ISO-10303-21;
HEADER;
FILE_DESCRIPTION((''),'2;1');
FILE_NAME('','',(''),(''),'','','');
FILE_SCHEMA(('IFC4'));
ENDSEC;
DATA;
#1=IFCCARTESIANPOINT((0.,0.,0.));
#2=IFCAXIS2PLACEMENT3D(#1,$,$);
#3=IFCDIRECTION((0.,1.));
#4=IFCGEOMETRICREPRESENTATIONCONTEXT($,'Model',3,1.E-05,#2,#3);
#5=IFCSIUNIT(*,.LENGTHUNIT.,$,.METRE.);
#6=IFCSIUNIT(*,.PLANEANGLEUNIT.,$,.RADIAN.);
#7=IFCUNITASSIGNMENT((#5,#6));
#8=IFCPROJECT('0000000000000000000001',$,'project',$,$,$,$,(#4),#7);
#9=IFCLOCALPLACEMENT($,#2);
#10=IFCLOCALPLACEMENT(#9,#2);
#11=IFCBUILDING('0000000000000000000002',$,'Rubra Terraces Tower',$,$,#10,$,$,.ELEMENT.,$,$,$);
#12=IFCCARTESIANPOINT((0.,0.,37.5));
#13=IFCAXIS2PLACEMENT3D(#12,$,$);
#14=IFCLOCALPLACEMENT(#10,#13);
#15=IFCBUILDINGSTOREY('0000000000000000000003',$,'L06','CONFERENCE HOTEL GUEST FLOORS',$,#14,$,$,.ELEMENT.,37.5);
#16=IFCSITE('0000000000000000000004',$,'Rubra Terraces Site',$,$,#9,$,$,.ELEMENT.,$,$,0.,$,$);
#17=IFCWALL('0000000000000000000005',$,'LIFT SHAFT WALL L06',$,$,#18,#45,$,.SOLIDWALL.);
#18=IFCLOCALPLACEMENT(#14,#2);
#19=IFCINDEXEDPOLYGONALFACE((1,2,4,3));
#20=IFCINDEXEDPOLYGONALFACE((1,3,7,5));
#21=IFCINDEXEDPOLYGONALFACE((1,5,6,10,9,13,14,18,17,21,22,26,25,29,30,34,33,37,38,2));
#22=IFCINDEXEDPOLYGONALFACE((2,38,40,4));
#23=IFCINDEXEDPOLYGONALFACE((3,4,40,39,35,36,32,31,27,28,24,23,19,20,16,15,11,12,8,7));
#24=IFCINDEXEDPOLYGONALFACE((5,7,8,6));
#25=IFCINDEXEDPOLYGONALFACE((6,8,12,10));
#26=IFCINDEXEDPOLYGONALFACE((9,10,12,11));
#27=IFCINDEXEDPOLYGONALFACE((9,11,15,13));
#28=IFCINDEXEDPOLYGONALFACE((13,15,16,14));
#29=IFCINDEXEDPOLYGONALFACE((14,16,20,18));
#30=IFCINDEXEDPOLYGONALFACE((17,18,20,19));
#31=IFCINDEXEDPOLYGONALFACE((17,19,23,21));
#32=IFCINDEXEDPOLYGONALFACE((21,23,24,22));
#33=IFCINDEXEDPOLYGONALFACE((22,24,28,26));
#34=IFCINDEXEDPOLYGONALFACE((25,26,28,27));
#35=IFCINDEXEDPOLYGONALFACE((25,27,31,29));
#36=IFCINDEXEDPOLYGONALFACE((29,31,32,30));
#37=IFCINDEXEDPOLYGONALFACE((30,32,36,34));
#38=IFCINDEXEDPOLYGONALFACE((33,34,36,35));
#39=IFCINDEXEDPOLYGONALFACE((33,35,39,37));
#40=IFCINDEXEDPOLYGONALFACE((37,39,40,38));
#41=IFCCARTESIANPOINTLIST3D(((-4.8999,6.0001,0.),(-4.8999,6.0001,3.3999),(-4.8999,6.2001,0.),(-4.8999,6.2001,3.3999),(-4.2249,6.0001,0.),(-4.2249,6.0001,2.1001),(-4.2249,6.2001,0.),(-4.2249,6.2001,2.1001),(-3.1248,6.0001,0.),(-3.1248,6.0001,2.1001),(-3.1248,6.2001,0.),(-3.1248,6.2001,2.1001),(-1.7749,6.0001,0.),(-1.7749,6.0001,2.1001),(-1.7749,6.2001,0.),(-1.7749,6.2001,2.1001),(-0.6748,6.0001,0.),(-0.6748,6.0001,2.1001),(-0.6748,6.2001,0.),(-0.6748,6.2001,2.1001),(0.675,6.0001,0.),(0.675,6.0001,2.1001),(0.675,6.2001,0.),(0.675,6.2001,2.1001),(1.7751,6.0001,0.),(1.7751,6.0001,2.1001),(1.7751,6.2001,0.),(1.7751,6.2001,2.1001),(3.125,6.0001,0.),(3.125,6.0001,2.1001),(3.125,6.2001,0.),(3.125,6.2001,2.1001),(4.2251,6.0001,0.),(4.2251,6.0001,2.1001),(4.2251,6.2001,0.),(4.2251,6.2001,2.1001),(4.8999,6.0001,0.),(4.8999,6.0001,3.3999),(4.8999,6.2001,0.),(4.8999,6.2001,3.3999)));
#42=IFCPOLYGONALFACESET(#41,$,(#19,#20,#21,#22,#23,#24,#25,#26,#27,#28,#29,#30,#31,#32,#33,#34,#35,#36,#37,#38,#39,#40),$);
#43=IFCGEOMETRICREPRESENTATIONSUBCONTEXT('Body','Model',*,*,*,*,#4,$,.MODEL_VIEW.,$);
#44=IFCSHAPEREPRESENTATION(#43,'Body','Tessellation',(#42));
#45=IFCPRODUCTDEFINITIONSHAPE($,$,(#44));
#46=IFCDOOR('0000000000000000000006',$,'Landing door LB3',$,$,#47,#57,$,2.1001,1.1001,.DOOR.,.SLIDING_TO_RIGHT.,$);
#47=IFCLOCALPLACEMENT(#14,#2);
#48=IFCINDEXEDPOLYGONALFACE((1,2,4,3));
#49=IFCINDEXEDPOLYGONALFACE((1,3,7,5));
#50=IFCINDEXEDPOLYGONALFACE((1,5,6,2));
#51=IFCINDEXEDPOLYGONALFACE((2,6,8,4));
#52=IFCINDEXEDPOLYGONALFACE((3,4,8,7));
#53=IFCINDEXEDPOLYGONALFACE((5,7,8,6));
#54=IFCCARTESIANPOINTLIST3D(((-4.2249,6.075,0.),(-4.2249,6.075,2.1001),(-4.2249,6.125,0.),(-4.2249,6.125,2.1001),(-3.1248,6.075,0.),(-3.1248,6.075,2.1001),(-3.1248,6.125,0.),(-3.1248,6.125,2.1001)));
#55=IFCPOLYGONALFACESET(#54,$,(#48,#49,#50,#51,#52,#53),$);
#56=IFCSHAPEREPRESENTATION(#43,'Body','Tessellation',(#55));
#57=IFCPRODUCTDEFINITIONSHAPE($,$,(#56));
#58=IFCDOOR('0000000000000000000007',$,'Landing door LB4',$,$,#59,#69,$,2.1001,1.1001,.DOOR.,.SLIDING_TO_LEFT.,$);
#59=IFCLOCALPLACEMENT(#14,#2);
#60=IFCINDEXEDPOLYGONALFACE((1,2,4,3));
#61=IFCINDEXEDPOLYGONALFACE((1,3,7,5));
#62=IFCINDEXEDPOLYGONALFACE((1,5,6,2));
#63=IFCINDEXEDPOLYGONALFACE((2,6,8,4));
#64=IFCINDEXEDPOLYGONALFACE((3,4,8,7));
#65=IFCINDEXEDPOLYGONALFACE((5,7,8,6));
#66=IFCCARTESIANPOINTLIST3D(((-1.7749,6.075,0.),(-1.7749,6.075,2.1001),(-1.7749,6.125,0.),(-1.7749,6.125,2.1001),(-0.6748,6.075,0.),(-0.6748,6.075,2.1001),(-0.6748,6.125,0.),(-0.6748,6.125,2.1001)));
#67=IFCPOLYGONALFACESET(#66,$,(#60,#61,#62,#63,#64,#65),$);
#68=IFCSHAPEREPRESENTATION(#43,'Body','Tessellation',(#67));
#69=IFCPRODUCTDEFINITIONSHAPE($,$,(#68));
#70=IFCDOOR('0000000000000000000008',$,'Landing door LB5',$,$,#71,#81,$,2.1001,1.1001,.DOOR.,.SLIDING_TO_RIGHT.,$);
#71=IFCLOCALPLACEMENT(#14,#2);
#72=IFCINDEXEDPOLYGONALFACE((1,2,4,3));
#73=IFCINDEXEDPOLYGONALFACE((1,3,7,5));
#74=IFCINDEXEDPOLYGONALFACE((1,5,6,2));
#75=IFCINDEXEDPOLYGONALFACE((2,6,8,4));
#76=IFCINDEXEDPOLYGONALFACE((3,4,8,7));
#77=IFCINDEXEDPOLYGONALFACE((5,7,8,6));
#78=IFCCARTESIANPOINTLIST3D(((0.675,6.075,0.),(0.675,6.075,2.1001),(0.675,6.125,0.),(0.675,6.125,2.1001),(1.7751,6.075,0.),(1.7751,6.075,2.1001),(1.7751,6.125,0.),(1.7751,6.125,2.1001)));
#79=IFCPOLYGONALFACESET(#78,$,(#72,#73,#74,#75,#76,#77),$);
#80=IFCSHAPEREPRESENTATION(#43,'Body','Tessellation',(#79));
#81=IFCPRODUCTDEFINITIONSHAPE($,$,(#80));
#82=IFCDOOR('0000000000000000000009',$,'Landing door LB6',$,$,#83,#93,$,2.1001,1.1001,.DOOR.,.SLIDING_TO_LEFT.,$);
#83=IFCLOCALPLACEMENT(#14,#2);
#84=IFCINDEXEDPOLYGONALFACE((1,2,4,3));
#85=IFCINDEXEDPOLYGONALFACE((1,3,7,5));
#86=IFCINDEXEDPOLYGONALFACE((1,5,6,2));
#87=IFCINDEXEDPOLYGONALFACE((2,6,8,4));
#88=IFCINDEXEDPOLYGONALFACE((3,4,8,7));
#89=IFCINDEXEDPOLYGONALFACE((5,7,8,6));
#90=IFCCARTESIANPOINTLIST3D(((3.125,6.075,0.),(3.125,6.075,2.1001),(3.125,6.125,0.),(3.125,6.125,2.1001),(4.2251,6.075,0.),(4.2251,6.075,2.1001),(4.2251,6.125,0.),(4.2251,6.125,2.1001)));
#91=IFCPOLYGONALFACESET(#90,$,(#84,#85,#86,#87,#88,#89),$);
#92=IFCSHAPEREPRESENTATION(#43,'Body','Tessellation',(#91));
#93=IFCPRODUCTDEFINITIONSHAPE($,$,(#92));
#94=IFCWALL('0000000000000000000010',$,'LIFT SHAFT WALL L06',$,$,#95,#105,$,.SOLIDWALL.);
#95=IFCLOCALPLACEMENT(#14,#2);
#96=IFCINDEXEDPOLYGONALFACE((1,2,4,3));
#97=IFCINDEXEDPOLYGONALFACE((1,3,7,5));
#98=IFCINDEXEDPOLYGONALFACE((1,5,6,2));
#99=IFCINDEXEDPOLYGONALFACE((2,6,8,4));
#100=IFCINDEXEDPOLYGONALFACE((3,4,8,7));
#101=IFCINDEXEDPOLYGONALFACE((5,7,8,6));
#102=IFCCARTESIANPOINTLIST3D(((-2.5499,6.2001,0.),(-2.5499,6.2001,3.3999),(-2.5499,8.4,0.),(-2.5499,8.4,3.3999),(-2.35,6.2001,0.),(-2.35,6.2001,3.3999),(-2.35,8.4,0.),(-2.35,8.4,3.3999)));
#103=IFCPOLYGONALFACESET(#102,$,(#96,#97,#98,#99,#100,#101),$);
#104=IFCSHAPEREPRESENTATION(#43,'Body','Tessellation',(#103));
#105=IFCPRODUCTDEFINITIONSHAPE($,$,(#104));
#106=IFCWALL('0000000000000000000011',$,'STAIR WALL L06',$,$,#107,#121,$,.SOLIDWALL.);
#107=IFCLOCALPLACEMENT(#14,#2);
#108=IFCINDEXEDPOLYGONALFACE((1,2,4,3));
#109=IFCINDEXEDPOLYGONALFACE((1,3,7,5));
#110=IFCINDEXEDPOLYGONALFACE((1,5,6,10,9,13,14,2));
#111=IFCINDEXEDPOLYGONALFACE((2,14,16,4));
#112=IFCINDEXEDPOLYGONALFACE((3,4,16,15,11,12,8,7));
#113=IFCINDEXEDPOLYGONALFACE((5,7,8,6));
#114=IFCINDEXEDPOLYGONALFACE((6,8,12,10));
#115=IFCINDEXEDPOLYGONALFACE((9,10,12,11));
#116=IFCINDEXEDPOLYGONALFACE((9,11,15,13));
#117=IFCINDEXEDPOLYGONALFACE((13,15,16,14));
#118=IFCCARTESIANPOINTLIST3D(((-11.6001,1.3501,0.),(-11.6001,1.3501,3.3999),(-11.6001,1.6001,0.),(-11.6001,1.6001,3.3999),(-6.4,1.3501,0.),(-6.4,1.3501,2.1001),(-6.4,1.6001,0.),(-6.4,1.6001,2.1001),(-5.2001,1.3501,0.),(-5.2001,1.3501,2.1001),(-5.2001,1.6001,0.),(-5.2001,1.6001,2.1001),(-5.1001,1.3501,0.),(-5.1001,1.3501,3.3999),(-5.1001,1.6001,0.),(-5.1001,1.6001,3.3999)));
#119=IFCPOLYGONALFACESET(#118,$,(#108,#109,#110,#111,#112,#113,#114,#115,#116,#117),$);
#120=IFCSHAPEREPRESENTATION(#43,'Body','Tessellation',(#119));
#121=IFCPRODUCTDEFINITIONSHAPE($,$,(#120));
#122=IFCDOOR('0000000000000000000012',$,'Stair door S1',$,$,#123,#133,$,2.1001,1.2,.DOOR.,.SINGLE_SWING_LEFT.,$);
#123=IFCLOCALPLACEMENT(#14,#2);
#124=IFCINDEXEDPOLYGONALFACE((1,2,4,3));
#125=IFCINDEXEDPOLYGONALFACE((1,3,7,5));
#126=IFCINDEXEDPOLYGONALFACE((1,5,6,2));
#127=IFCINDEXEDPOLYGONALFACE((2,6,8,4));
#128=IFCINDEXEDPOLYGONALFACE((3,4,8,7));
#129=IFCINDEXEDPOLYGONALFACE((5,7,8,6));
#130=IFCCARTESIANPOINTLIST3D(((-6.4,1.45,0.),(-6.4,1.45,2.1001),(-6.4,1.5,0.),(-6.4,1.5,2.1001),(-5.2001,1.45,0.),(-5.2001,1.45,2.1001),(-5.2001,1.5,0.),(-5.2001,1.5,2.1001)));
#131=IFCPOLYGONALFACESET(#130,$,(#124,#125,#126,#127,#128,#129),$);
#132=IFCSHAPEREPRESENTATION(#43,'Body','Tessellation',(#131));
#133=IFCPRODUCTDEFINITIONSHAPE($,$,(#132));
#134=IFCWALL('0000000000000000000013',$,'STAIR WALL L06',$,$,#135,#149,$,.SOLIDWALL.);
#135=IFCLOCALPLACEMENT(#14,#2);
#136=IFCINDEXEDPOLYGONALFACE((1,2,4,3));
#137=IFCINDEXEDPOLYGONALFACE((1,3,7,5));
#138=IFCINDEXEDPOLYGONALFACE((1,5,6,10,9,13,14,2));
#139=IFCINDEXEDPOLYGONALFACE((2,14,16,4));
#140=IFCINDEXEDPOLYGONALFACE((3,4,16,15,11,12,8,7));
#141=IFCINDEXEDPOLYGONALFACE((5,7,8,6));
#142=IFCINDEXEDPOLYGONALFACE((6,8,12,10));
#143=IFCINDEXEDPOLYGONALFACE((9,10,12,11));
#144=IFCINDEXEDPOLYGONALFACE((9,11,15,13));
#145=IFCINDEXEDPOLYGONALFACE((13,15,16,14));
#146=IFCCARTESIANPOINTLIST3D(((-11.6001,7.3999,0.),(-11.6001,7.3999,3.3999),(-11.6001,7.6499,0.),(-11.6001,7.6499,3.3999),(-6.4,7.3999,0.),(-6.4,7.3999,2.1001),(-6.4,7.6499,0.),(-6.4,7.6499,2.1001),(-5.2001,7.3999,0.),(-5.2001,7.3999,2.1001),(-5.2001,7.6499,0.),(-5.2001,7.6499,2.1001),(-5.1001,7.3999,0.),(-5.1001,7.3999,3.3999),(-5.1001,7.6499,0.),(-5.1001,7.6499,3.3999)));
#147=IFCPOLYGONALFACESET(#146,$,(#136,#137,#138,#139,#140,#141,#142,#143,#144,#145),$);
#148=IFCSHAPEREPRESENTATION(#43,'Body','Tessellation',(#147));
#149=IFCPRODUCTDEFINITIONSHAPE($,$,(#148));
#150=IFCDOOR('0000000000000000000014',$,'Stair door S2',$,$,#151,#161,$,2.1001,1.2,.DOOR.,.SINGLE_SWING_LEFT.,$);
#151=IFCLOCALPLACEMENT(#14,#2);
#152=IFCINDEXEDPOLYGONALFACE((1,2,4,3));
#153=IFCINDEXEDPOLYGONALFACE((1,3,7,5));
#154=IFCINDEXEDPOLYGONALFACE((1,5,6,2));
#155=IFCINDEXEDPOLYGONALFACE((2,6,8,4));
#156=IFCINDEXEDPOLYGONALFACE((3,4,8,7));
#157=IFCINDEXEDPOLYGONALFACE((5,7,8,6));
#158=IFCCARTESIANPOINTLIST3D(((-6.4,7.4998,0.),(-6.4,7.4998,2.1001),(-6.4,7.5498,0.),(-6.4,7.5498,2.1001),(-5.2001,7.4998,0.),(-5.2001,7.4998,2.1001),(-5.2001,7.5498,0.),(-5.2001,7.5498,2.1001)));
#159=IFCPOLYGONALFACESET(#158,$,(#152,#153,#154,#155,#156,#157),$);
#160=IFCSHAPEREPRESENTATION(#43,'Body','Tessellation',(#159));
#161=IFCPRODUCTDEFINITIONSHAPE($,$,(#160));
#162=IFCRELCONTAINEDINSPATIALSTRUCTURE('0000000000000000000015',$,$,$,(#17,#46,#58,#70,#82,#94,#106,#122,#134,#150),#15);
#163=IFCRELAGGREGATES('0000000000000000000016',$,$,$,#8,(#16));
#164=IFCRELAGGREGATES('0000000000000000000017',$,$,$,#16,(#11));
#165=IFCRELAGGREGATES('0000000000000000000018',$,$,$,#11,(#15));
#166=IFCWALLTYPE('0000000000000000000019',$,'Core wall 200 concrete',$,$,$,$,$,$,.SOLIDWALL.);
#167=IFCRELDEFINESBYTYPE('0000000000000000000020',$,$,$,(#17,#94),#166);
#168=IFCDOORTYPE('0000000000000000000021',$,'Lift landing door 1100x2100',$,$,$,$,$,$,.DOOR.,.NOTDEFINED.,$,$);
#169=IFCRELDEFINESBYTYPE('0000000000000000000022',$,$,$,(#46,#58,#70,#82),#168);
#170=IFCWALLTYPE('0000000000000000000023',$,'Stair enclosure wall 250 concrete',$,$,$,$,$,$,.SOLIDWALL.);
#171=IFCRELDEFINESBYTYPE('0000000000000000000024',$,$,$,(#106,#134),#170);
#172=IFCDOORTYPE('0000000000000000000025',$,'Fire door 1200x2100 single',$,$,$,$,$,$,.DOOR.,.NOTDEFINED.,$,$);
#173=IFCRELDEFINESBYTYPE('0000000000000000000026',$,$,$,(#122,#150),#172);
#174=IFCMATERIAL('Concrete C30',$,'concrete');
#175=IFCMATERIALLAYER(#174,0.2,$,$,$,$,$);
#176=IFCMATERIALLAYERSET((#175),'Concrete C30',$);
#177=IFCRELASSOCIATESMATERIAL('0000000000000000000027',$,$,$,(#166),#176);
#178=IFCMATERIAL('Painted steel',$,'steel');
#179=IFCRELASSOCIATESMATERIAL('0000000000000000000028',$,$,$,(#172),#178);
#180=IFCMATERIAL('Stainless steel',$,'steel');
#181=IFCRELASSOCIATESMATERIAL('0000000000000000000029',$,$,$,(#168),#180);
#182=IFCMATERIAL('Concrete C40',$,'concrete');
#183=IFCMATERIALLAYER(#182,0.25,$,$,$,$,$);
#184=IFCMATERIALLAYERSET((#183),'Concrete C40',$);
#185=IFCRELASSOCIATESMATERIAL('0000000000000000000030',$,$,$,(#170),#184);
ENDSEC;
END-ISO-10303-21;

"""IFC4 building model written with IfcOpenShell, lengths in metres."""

from ifc_helpers import new_model, si_unit, direction, frame, frame_2d, origin, place, context, subcontext, project, spatial, rectangle, extrude, material, layer, layer_set, type_object, element, fill, save


model = new_model("IFC4")

# Units and contexts
model_context = context("Model", 3, precision=1e-05, world=origin(), true_north=direction((0.0, 1.0)))
body_context = subcontext(model_context, "Body", "Model", "MODEL_VIEW")
ifc_project = project(units=[si_unit("LENGTHUNIT", "METRE"), si_unit("PLANEANGLEUNIT", "RADIAN")], contexts=[model_context])

# Site, building, storey
site_placement = place(None, origin())
site = spatial("IfcSite", under=ifc_project, at=site_placement, Name="Rubra Terraces Site", CompositionType="ELEMENT", RefElevation=0.0)
building_placement = place(site_placement, origin())
building = spatial("IfcBuilding", under=site, at=building_placement, Name="Rubra Terraces Tower", CompositionType="ELEMENT")
storey_placement = place(building_placement, frame((0.0, 0.0, 37.5)))
storey = spatial("IfcBuildingStorey", under=building, at=storey_placement, Name="L06", Description="CONFERENCE HOTEL GUEST FLOORS", CompositionType="ELEMENT", Elevation=37.5)

# Shared definitions
ifc_material_1 = material(Name="Concrete C30", Category="concrete")
ifc_layer_1 = layer(ifc_material_1, 0.2)
ifc_layer_set_1 = layer_set([ifc_layer_1], Name="Concrete C30")
wall_type_1 = type_object("IfcWallType", Name="Core wall 200 concrete", PredefinedType="SOLIDWALL", material=ifc_layer_set_1)
ifc_material_2 = material(Name="Painted steel", Category="steel")
door_type_1 = type_object("IfcDoorType", Name="Fire door 1200x2100 single", OperationType="NOTDEFINED", PredefinedType="DOOR", material=ifc_material_2)
ifc_material_3 = material(Name="Stainless steel", Category="steel")

# Wall, openings, doors
door_type_2 = type_object("IfcDoorType", Name="Lift landing door 1100x2100", OperationType="NOTDEFINED", PredefinedType="DOOR", material=ifc_material_3)
wall_1_placement = place(storey_placement, frame((-4.8999, 6.1001, 0.0), z_axis=(0.0, 0.0, 1.0), x_axis=(1.0, 0.0, 0.0)))
wall_1 = element("IfcWall", 1, at=wall_1_placement, inside=storey, type_object=wall_type_1, Name="LIFT SHAFT WALL L06", PredefinedType="SOLIDWALL", context=body_context, shape_type="SweptSolid", body=[
    extrude(rectangle(XDim=9.7998, YDim=0.2, at=frame_2d((4.8999, 0.0))), origin(), (0.0, 0.0, 1.0), 3.3999),
])
opening_1_placement = place(wall_1_placement, frame((0.675, 0.0, 0.0)))
opening_1 = element("IfcOpeningElement", 2, at=opening_1_placement, cuts=wall_1, PredefinedType="OPENING", context=body_context, shape_type="SweptSolid", body=[
    extrude(rectangle(XDim=1.1001, YDim=2.1001, at=frame_2d((0.55, 1.05))), frame((0.0, 0.1099, 0.0), z_axis=(0.0, -1.0, 0.0), x_axis=(1.0, 0.0, 0.0)), (0.0, 0.0, 1.0), 0.22),
])
opening_2_placement = place(wall_1_placement, frame((3.125, 0.0, 0.0)))
opening_2 = element("IfcOpeningElement", 3, at=opening_2_placement, cuts=wall_1, PredefinedType="OPENING", context=body_context, shape_type="SweptSolid", body=[
    extrude(rectangle(XDim=1.1001, YDim=2.1001, at=frame_2d((0.55, 1.05))), frame((0.0, 0.1099, 0.0), z_axis=(0.0, -1.0, 0.0), x_axis=(1.0, 0.0, 0.0)), (0.0, 0.0, 1.0), 0.22),
])
opening_3_placement = place(wall_1_placement, frame((5.575, 0.0, 0.0)))
opening_3 = element("IfcOpeningElement", 4, at=opening_3_placement, cuts=wall_1, PredefinedType="OPENING", context=body_context, shape_type="SweptSolid", body=[
    extrude(rectangle(XDim=1.1001, YDim=2.1001, at=frame_2d((0.55, 1.05))), frame((0.0, 0.1099, 0.0), z_axis=(0.0, -1.0, 0.0), x_axis=(1.0, 0.0, 0.0)), (0.0, 0.0, 1.0), 0.22),
])
opening_4_placement = place(wall_1_placement, frame((8.0249, 0.0, 0.0)))
opening_4 = element("IfcOpeningElement", 5, at=opening_4_placement, cuts=wall_1, PredefinedType="OPENING", context=body_context, shape_type="SweptSolid", body=[
    extrude(rectangle(XDim=1.1001, YDim=2.1001, at=frame_2d((0.55, 1.05))), frame((0.0, 0.1099, 0.0), z_axis=(0.0, -1.0, 0.0), x_axis=(1.0, 0.0, 0.0)), (0.0, 0.0, 1.0), 0.22),
])
door_1_placement = place(opening_1_placement, origin())
door_1 = element("IfcDoor", 6, at=door_1_placement, inside=storey, type_object=door_type_2, Name="Landing door LB3", OperationType="SLIDING_TO_RIGHT", OverallHeight=2.1001, OverallWidth=1.1001, PredefinedType="DOOR", context=body_context, shape_type="SweptSolid", body=[
    extrude(rectangle(XDim=1.1001, YDim=2.1001, at=frame_2d((0.55, 1.05))), frame((0.0, 0.0249, 0.0), z_axis=(0.0, -1.0, 0.0), x_axis=(1.0, 0.0, 0.0)), (0.0, 0.0, 1.0), 0.05),
])
fill(opening_1, door_1)
door_2_placement = place(opening_2_placement, origin())
door_2 = element("IfcDoor", 7, at=door_2_placement, inside=storey, type_object=door_type_2, Name="Landing door LB4", OperationType="SLIDING_TO_LEFT", OverallHeight=2.1001, OverallWidth=1.1001, PredefinedType="DOOR", context=body_context, shape_type="SweptSolid", body=[
    extrude(rectangle(XDim=1.1001, YDim=2.1001, at=frame_2d((0.55, 1.05))), frame((0.0, 0.0249, 0.0), z_axis=(0.0, -1.0, 0.0), x_axis=(1.0, 0.0, 0.0)), (0.0, 0.0, 1.0), 0.05),
])
fill(opening_2, door_2)
door_3_placement = place(opening_3_placement, origin())
door_3 = element("IfcDoor", 8, at=door_3_placement, inside=storey, type_object=door_type_2, Name="Landing door LB5", OperationType="SLIDING_TO_RIGHT", OverallHeight=2.1001, OverallWidth=1.1001, PredefinedType="DOOR", context=body_context, shape_type="SweptSolid", body=[
    extrude(rectangle(XDim=1.1001, YDim=2.1001, at=frame_2d((0.55, 1.05))), frame((0.0, 0.0249, 0.0), z_axis=(0.0, -1.0, 0.0), x_axis=(1.0, 0.0, 0.0)), (0.0, 0.0, 1.0), 0.05),
])
fill(opening_3, door_3)
door_4_placement = place(opening_4_placement, origin())
door_4 = element("IfcDoor", 9, at=door_4_placement, inside=storey, type_object=door_type_2, Name="Landing door LB6", OperationType="SLIDING_TO_LEFT", OverallHeight=2.1001, OverallWidth=1.1001, PredefinedType="DOOR", context=body_context, shape_type="SweptSolid", body=[
    extrude(rectangle(XDim=1.1001, YDim=2.1001, at=frame_2d((0.55, 1.05))), frame((0.0, 0.0249, 0.0), z_axis=(0.0, -1.0, 0.0), x_axis=(1.0, 0.0, 0.0)), (0.0, 0.0, 1.0), 0.05),
])
fill(opening_4, door_4)

# Wall
wall_2_placement = place(storey_placement, frame((-2.45, 6.2, 0.0), z_axis=(0.0, 0.0, 1.0), x_axis=(0.0, 1.0, 0.0)))
element("IfcWall", 10, at=wall_2_placement, inside=storey, type_object=wall_type_1, Name="LIFT SHAFT WALL L06", PredefinedType="SOLIDWALL", context=body_context, shape_type="SweptSolid", body=[
    extrude(rectangle(XDim=2.2, YDim=0.2, at=frame_2d((1.1001, 0.0))), origin(), (0.0, 0.0, 1.0), 3.3999),
])

# Walls, openings, doors
ifc_material_4 = material(Name="Concrete C40", Category="concrete")
ifc_layer_2 = layer(ifc_material_4, 0.25)
ifc_layer_set_2 = layer_set([ifc_layer_2], Name="Concrete C40")
wall_type_2 = type_object("IfcWallType", Name="Stair enclosure wall 250 concrete", PredefinedType="SOLIDWALL", material=ifc_layer_set_2)
wall_3_placement = place(storey_placement, frame((-11.6001, 1.4751, 0.0), z_axis=(0.0, 0.0, 1.0), x_axis=(1.0, 0.0, 0.0)))
wall_3 = element("IfcWall", 11, at=wall_3_placement, inside=storey, type_object=wall_type_2, Name="STAIR WALL L06", PredefinedType="SOLIDWALL", context=body_context, shape_type="SweptSolid", body=[
    extrude(rectangle(XDim=6.5, YDim=0.25, at=frame_2d((3.25, 0.0))), origin(), (0.0, 0.0, 1.0), 3.3999),
])
opening_5_placement = place(wall_3_placement, frame((5.2, 0.0, 0.0)))
opening_5 = element("IfcOpeningElement", 12, at=opening_5_placement, cuts=wall_3, PredefinedType="OPENING", context=body_context, shape_type="SweptSolid", body=[
    extrude(rectangle(XDim=1.2, YDim=2.1001, at=frame_2d((0.6001, 1.05))), frame((0.0, 0.135, 0.0), z_axis=(0.0, -1.0, 0.0), x_axis=(1.0, 0.0, 0.0)), (0.0, 0.0, 1.0), 0.27),
])
door_5_placement = place(opening_5_placement, origin())
door_5 = element("IfcDoor", 13, at=door_5_placement, inside=storey, type_object=door_type_1, Name="Stair door S1", OperationType="SINGLE_SWING_LEFT", OverallHeight=2.1001, OverallWidth=1.2, PredefinedType="DOOR", context=body_context, shape_type="SweptSolid", body=[
    extrude(rectangle(XDim=1.2, YDim=2.1001, at=frame_2d((0.6001, 1.05))), frame((0.0, 0.0249, 0.0), z_axis=(0.0, -1.0, 0.0), x_axis=(1.0, 0.0, 0.0)), (0.0, 0.0, 1.0), 0.05),
])
fill(opening_5, door_5)
wall_4_placement = place(storey_placement, frame((-11.6001, 7.5249, 0.0), z_axis=(0.0, 0.0, 1.0), x_axis=(1.0, 0.0, 0.0)))
wall_4 = element("IfcWall", 14, at=wall_4_placement, inside=storey, type_object=wall_type_2, Name="STAIR WALL L06", PredefinedType="SOLIDWALL", context=body_context, shape_type="SweptSolid", body=[
    extrude(rectangle(XDim=6.5, YDim=0.25, at=frame_2d((3.25, 0.0))), origin(), (0.0, 0.0, 1.0), 3.3999),
])
opening_6_placement = place(wall_4_placement, frame((5.2, 0.0, 0.0)))
opening_6 = element("IfcOpeningElement", 15, at=opening_6_placement, cuts=wall_4, PredefinedType="OPENING", context=body_context, shape_type="SweptSolid", body=[
    extrude(rectangle(XDim=1.2, YDim=2.1001, at=frame_2d((0.6001, 1.05))), frame((0.0, 0.135, 0.0), z_axis=(0.0, -1.0, 0.0), x_axis=(1.0, 0.0, 0.0)), (0.0, 0.0, 1.0), 0.27),
])
door_6_placement = place(opening_6_placement, origin())
door_6 = element("IfcDoor", 16, at=door_6_placement, inside=storey, type_object=door_type_1, Name="Stair door S2", OperationType="SINGLE_SWING_LEFT", OverallHeight=2.1001, OverallWidth=1.2, PredefinedType="DOOR", context=body_context, shape_type="SweptSolid", body=[
    extrude(rectangle(XDim=1.2, YDim=2.1001, at=frame_2d((0.6001, 1.05))), frame((0.0, 0.0249, 0.0), z_axis=(0.0, -1.0, 0.0), x_axis=(1.0, 0.0, 0.0)), (0.0, 0.0, 1.0), 0.05),
])
fill(opening_6, door_6)

save(model, "model.ifc")
